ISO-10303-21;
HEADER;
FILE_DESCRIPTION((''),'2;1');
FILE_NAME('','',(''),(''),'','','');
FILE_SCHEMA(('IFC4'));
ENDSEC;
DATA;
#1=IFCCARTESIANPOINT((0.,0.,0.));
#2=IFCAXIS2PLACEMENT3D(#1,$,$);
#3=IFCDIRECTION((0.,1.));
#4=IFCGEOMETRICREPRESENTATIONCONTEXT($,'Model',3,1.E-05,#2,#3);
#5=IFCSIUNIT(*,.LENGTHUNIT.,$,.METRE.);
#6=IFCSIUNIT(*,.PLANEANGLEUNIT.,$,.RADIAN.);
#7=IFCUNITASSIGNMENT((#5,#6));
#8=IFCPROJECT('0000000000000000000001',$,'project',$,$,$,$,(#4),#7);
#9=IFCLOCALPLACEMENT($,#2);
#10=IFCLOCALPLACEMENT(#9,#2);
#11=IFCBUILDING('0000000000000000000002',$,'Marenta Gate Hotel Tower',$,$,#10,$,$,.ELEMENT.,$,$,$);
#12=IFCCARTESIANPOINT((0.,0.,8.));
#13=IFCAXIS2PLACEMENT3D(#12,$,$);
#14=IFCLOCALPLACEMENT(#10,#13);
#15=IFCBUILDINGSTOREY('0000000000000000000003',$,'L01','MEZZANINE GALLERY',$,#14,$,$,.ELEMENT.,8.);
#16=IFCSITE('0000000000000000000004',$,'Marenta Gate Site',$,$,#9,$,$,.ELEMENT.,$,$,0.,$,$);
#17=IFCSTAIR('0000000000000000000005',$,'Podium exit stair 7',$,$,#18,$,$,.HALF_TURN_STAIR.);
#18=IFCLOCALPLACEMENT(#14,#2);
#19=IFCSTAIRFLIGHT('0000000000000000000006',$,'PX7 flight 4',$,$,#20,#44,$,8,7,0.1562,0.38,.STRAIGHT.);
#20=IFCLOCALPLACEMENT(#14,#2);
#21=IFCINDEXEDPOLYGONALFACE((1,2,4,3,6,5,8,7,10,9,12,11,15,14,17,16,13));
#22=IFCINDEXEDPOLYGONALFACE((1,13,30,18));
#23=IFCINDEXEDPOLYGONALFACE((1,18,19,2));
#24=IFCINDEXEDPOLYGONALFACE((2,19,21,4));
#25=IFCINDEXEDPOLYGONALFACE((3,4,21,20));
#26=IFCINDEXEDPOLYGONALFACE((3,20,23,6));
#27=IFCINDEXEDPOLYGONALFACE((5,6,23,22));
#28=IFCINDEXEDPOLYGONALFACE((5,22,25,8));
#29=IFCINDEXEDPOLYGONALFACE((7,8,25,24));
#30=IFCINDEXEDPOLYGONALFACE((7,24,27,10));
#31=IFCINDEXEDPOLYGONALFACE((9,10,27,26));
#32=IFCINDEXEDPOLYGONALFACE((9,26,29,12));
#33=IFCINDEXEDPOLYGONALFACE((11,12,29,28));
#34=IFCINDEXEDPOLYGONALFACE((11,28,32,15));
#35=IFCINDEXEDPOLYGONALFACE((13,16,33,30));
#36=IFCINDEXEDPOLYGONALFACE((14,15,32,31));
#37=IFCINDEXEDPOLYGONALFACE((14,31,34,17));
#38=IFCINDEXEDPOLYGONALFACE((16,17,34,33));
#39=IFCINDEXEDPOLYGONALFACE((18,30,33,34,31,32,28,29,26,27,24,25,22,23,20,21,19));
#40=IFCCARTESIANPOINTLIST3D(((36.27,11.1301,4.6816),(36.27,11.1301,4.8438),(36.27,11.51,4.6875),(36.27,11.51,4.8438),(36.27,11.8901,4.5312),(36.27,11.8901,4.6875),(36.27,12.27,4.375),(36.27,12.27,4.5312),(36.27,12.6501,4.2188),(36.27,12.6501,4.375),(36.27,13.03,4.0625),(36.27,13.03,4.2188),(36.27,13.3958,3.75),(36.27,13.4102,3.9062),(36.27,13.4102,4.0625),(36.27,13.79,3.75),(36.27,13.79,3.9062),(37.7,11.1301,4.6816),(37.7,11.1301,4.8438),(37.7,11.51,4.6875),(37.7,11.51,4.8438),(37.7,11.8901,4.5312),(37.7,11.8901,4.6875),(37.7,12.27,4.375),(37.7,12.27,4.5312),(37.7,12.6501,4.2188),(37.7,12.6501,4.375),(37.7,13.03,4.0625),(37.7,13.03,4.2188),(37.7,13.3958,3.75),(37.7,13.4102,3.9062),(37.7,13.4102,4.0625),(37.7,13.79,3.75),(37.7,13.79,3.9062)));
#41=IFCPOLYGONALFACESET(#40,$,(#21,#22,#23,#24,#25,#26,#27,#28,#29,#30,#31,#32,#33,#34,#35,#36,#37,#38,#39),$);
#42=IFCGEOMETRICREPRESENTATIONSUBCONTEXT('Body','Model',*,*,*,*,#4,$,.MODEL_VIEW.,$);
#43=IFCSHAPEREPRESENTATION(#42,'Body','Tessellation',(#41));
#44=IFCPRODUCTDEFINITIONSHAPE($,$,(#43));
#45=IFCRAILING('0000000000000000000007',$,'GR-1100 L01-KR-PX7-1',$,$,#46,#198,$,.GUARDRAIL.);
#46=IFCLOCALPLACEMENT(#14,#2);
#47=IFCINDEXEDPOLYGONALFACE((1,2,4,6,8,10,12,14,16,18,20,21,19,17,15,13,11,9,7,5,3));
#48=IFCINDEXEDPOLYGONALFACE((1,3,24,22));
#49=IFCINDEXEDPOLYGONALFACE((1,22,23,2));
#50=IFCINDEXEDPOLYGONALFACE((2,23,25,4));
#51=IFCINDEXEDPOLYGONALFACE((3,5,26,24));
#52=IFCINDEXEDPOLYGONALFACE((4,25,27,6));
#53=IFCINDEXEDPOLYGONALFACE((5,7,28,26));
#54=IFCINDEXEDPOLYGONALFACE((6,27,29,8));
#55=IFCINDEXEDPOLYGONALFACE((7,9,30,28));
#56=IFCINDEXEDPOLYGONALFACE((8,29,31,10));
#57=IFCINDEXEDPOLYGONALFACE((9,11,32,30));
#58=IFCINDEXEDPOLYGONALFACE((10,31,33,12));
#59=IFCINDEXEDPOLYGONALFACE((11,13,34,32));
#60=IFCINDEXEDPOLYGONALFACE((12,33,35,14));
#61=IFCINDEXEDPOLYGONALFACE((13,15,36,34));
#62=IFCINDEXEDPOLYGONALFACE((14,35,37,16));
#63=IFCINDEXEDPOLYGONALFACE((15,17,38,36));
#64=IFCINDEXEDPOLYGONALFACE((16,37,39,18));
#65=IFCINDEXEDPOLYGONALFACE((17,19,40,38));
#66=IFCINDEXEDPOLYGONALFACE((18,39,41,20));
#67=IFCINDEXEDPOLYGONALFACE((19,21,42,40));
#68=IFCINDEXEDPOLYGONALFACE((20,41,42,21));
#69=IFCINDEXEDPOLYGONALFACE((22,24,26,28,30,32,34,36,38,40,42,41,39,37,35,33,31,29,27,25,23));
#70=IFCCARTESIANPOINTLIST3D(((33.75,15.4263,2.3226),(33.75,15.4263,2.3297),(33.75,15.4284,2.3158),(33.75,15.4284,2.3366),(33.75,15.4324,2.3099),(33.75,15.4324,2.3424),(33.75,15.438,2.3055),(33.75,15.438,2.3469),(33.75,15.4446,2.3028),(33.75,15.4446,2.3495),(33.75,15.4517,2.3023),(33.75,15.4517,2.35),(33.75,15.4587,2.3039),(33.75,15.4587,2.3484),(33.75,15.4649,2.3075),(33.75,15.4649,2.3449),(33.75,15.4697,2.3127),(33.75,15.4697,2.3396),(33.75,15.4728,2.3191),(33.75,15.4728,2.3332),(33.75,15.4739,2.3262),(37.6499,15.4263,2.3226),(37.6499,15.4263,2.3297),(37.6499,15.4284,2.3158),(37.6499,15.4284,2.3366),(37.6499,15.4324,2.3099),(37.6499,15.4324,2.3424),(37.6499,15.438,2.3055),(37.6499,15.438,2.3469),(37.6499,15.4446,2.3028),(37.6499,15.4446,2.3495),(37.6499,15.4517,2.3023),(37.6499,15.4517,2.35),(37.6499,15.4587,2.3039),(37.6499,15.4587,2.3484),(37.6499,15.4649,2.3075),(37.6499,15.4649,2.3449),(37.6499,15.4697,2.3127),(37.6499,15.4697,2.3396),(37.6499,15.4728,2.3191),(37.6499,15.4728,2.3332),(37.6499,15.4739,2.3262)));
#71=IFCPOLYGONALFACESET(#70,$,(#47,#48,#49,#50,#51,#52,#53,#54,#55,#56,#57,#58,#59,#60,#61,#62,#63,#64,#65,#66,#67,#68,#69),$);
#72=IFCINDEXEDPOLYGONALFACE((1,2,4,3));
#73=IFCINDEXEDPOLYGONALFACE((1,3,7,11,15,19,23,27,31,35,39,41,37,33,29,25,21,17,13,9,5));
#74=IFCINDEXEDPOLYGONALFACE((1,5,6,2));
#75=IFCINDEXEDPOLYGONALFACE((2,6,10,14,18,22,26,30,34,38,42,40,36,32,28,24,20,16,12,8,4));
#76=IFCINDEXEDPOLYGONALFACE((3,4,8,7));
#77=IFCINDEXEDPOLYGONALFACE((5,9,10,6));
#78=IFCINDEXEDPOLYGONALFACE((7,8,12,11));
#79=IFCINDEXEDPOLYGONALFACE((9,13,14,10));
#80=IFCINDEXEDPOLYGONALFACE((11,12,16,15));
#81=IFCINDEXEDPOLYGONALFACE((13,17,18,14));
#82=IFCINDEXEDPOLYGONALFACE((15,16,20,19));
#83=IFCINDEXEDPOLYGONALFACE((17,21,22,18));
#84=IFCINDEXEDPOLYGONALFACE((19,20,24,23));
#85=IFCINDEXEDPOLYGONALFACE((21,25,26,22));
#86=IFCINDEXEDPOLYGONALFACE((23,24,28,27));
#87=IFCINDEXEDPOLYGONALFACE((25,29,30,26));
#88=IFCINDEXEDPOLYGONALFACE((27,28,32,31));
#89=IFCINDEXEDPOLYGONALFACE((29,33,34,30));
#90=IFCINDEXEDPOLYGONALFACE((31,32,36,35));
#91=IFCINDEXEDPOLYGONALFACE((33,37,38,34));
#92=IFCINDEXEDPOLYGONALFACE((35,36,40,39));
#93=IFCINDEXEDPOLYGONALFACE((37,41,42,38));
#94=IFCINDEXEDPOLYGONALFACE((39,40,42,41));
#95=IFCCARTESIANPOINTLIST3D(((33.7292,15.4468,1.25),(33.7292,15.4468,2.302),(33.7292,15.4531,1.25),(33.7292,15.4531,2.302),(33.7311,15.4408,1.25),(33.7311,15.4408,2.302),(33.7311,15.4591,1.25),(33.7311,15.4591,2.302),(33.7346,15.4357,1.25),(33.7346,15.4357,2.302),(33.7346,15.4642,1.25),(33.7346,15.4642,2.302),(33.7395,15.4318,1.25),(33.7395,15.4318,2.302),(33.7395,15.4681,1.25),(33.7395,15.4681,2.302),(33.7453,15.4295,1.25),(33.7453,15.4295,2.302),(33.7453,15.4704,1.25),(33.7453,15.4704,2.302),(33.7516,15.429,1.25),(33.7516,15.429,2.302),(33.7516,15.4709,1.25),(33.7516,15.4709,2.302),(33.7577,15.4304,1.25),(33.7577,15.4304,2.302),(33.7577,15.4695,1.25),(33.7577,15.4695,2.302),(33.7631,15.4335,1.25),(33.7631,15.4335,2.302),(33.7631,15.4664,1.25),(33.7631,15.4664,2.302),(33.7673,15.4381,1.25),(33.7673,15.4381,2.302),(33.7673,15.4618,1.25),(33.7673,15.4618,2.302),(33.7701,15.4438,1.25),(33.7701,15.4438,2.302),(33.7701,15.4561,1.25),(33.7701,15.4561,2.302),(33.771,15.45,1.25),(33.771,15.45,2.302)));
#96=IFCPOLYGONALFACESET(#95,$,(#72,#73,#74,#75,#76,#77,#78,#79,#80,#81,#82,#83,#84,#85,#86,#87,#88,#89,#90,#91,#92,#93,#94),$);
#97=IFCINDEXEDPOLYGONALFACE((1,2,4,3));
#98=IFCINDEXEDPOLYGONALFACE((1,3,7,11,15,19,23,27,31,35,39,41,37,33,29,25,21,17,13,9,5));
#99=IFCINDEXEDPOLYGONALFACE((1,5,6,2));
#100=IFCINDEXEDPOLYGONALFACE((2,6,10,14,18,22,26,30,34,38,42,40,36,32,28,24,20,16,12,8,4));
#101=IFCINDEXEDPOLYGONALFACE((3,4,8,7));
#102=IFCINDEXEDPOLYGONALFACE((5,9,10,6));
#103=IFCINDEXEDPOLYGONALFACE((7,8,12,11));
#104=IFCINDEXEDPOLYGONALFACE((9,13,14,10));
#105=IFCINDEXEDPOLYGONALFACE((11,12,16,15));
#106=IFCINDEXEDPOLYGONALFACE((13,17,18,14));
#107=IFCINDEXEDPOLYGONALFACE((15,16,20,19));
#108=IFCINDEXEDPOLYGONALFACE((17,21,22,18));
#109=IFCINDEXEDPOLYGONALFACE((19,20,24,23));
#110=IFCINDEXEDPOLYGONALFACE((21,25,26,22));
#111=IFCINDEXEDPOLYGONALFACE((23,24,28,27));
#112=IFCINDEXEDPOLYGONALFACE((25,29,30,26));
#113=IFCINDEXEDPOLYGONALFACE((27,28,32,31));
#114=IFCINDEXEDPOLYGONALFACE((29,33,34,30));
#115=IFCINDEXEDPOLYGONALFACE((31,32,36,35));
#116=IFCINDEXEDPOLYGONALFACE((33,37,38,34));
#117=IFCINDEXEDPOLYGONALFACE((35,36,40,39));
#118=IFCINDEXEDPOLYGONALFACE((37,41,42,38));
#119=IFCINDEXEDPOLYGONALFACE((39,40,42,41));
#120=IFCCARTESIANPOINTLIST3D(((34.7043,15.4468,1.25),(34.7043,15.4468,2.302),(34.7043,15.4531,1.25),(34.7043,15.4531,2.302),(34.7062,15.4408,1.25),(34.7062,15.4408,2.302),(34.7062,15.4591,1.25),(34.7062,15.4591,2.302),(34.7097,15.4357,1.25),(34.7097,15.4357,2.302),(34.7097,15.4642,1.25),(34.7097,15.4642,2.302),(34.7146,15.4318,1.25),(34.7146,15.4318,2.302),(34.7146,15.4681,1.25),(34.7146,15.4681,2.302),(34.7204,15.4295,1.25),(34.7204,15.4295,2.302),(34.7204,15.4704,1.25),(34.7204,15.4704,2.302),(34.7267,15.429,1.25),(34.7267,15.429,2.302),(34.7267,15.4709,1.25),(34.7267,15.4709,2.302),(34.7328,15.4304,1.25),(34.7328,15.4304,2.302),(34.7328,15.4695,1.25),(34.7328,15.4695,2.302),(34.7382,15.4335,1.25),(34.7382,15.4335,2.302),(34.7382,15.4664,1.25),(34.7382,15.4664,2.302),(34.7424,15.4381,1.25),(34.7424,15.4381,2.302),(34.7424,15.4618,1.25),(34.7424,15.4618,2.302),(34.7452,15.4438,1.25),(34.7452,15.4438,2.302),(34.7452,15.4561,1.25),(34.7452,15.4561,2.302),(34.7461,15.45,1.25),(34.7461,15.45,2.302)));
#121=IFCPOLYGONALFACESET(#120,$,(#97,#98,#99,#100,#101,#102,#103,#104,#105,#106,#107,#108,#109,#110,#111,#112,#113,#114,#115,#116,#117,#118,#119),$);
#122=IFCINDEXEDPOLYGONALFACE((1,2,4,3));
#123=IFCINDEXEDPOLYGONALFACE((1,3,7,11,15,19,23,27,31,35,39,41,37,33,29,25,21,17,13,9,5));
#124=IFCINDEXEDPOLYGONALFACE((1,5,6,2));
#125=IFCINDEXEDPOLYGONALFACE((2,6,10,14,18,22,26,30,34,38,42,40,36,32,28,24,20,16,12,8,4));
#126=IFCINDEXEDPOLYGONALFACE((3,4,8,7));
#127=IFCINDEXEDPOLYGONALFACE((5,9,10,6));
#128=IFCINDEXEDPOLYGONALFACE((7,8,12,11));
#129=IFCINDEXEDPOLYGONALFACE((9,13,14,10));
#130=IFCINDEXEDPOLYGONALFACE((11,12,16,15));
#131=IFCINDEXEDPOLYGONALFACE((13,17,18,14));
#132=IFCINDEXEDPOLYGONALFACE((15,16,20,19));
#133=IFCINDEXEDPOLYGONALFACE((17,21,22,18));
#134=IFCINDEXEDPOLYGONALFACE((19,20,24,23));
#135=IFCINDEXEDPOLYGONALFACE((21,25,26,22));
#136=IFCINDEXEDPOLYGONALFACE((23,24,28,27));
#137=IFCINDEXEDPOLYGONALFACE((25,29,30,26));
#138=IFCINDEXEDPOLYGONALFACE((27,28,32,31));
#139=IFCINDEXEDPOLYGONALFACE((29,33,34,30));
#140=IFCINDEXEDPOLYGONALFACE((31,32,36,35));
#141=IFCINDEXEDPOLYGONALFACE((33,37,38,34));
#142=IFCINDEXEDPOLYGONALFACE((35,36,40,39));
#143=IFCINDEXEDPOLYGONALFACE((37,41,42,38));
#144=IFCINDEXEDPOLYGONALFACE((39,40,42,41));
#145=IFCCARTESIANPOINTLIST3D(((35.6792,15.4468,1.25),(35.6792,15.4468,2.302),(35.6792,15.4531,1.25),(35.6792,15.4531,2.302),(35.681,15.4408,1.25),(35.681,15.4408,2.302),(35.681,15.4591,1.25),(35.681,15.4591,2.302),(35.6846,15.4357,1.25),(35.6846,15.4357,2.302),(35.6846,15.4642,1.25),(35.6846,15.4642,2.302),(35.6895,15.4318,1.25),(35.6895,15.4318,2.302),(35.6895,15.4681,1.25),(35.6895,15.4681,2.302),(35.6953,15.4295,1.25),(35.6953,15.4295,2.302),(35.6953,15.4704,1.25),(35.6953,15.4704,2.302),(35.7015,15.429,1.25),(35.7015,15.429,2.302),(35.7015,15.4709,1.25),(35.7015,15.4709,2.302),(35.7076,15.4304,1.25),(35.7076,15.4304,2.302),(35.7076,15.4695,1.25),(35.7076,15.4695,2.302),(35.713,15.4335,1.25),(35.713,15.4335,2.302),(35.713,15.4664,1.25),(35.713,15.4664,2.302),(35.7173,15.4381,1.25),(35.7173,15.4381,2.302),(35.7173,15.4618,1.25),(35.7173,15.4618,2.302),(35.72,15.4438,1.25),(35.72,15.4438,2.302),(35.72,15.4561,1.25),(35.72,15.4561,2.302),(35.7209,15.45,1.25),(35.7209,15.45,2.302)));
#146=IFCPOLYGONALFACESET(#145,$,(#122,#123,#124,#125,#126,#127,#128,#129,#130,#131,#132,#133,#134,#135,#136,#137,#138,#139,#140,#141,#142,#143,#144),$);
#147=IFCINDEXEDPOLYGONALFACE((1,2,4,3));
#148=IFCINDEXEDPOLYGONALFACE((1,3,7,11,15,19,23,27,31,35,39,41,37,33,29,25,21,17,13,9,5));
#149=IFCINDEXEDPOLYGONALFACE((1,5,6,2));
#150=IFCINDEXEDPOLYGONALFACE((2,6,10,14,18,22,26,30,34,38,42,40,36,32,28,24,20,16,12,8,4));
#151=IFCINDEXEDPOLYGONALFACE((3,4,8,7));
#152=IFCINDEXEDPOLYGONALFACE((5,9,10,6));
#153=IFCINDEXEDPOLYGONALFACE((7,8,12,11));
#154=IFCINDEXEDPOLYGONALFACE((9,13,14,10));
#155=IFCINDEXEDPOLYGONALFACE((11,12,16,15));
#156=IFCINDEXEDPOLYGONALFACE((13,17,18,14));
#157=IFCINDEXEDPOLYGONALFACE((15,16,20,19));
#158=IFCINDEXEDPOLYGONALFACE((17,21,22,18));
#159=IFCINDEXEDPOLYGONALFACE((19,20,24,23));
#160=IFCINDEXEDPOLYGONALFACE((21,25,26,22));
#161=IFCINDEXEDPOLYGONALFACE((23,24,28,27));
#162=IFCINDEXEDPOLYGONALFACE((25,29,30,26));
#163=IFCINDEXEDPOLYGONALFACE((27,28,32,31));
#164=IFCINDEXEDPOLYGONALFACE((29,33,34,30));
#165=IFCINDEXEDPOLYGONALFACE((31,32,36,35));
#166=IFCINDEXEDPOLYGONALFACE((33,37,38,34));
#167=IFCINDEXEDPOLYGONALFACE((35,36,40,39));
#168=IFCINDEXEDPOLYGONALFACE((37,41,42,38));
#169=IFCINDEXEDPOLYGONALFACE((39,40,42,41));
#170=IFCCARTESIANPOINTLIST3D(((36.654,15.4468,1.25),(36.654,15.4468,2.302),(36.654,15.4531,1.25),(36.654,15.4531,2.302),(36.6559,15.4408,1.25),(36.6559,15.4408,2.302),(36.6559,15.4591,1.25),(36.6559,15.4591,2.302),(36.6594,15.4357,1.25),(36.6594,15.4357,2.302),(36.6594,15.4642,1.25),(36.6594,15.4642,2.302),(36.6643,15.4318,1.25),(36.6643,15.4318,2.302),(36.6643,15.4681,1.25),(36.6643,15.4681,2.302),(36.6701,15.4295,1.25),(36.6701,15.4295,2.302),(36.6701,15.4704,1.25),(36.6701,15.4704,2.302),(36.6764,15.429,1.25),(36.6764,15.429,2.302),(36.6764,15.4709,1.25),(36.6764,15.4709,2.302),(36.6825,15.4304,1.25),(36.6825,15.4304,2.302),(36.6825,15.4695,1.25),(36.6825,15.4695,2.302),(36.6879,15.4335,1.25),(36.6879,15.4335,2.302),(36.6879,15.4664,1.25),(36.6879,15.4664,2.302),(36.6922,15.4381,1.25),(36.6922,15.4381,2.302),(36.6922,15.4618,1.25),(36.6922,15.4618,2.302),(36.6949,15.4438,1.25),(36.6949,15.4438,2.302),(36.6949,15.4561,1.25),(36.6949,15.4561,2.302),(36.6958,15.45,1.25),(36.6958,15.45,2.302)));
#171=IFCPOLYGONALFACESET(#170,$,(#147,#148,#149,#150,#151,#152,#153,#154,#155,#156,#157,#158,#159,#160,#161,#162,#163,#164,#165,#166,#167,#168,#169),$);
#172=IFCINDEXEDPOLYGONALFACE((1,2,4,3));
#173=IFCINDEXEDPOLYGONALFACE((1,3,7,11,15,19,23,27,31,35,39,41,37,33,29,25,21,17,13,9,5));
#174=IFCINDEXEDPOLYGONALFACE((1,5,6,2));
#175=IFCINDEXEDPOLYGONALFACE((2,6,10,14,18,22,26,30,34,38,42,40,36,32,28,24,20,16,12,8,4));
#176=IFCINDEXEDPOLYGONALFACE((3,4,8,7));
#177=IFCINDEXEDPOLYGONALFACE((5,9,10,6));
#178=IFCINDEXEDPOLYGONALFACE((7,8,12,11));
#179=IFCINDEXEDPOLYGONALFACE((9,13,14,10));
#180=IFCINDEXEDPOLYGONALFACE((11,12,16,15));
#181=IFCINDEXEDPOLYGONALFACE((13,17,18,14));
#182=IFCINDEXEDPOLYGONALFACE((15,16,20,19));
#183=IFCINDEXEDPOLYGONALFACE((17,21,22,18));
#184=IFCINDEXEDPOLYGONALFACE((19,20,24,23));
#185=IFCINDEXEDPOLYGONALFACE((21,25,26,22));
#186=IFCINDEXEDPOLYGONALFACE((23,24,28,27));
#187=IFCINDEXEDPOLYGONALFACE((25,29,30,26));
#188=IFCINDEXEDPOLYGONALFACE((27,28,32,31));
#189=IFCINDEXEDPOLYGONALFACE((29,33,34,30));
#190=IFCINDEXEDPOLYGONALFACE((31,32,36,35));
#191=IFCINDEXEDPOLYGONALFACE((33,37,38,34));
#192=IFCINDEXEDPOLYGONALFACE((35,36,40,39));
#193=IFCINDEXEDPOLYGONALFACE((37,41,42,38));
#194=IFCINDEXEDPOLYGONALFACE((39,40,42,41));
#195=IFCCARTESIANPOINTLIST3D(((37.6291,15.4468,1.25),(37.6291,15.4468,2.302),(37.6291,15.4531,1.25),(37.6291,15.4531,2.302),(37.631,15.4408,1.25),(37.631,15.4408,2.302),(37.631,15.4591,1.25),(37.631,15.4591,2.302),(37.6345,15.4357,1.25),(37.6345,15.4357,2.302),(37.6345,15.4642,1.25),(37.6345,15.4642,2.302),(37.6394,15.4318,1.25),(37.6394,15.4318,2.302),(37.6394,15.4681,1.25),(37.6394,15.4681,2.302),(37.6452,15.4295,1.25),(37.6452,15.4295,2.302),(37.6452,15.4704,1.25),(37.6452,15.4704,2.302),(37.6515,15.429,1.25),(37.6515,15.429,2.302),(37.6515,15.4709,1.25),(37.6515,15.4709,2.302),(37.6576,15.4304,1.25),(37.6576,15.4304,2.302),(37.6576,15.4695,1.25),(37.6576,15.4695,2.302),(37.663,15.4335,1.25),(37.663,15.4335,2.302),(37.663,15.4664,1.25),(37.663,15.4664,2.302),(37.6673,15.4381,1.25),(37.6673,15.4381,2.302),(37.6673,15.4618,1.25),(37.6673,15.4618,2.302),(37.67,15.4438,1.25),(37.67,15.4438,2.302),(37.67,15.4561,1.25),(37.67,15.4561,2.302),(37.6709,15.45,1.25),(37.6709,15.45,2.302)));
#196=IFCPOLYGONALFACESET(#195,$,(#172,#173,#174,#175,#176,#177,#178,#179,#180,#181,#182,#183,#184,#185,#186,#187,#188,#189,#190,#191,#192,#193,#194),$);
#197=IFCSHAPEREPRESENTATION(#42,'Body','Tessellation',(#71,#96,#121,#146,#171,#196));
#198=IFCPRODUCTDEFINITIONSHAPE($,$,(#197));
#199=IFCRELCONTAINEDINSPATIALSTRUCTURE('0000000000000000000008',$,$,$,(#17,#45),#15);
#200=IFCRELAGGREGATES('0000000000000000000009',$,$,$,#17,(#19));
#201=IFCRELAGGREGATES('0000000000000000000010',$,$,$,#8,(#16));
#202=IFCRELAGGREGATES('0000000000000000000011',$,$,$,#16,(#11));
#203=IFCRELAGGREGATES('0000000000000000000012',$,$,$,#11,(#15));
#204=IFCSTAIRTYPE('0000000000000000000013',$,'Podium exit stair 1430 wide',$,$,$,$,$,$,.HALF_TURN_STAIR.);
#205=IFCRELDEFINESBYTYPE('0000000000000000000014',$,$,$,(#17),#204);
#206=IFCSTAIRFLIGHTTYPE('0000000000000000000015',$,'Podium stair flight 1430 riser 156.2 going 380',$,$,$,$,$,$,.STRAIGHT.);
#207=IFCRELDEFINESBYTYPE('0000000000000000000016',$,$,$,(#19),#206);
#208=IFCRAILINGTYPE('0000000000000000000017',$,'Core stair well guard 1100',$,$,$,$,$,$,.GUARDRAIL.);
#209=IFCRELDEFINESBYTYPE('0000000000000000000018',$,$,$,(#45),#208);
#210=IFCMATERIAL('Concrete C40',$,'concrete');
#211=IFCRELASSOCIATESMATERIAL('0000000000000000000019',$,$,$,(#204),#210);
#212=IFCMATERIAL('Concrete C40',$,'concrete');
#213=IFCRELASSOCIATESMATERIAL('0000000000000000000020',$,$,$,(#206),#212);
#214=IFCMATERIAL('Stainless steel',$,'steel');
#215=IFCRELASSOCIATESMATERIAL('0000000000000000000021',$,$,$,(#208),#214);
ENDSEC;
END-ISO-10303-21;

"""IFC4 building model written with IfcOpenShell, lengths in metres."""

from ifc_helpers import new_model, si_unit, direction, frame, origin, origin_2d, place, context, subcontext, project, spatial, polyline, circle, outline, extrude, material, type_object, element, aggregate, save


model = new_model("IFC4")

# Units and contexts
model_context = context("Model", 3, precision=1e-05, world=origin(), true_north=direction((0.0, 1.0)))
body_context = subcontext(model_context, "Body", "Model", "MODEL_VIEW")
ifc_project = project(units=[si_unit("LENGTHUNIT", "METRE"), si_unit("PLANEANGLEUNIT", "RADIAN")], contexts=[model_context])

# Site, building, storey
site_placement = place(None, origin())
site = spatial("IfcSite", under=ifc_project, at=site_placement, Name="Marenta Gate Site", CompositionType="ELEMENT", RefElevation=0.0)
building_placement = place(site_placement, origin())
building = spatial("IfcBuilding", under=site, at=building_placement, Name="Marenta Gate Hotel Tower", CompositionType="ELEMENT")
storey_placement = place(building_placement, frame((0.0, 0.0, 8.0)))
storey = spatial("IfcBuildingStorey", under=building, at=storey_placement, Name="L01", Description="MEZZANINE GALLERY", CompositionType="ELEMENT", Elevation=8.0)

# Stair, stair flight
ifc_material_1 = material(Name="Concrete C40", Category="concrete")
stair_type = type_object("IfcStairType", Name="Podium exit stair 1430 wide", PredefinedType="HALF_TURN_STAIR", material=ifc_material_1)
stair_placement = place(storey_placement, origin())
stair = element("IfcStair", 1, at=stair_placement, inside=storey, type_object=stair_type, Name="Podium exit stair 7", PredefinedType="HALF_TURN_STAIR")
ifc_material_2 = material(Name="Concrete C40", Category="concrete")
stair_flight_type = type_object("IfcStairFlightType", Name="Podium stair flight 1430 riser 156.2 going 380", PredefinedType="STRAIGHT", material=ifc_material_2)
stair_flight_1_placement = place(storey_placement, frame((36.9851, 13.79, 3.75), z_axis=(0.0, 0.0, 1.0), x_axis=(0.0, -1.0, 0.0)))
stair_flight_1 = element("IfcStairFlight", 2, at=stair_flight_1_placement, type_object=stair_flight_type, Name="PX7 flight 4", NumberOfRisers=8, NumberOfTreads=7, PredefinedType="STRAIGHT", RiserHeight=0.1562, TreadLength=0.38, context=body_context, shape_type="SweptSolid", body=[
    extrude(outline(polyline([(0.0, 0.0), (0.0, 0.1562), (0.3799, 0.1562), (0.3799, 0.3125), (0.76, 0.3125), (0.76, 0.4688), (1.1399, 0.4688), (1.1399, 0.625), (1.52, 0.625), (1.52, 0.7812), (1.8999, 0.7812), (1.8999, 0.9375), (2.28, 0.9375), (2.28, 1.0938), (2.6599, 1.0938), (2.6599, 1.25), (2.6599, 0.9316), (0.3943, 0.0), (0.0, 0.0)])), frame((0.0, 0.7148, 0.0), z_axis=(0.0, -1.0, 0.0), x_axis=(1.0, 0.0, 0.0)), (0.0, 0.0, 1.0), 1.4299),
])
aggregate(stair, [stair_flight_1])

# Railing
ifc_material_3 = material(Name="Stainless steel", Category="steel")
railing_type_1 = type_object("IfcRailingType", Name="Core stair well guard 1100", PredefinedType="GUARDRAIL", material=ifc_material_3)
railing_1_placement = place(storey_placement, frame((33.75, 15.45, 1.25)))
element("IfcRailing", 3, at=railing_1_placement, inside=storey, type_object=railing_type_1, Name="GR-1100 L01-KR-PX7-1", PredefinedType="GUARDRAIL", context=body_context, shape_type="SweptSolid", body=[
    extrude(circle(Radius=0.0239, at=origin_2d()), frame((0.0, 0.0, 1.0762), z_axis=(1.0, 0.0, 0.0), x_axis=(0.0, 1.0, 0.0)), (0.0, 0.0, 1.0), 3.8999),
    extrude(circle(Radius=0.021, at=origin_2d()), origin(), (0.0, 0.0, 1.0), 1.052),
    extrude(circle(Radius=0.021, at=origin_2d()), frame((0.9751, 0.0, 0.0)), (0.0, 0.0, 1.0), 1.052),
    extrude(circle(Radius=0.021, at=origin_2d()), frame((1.95, 0.0, 0.0)), (0.0, 0.0, 1.0), 1.052),
    extrude(circle(Radius=0.021, at=origin_2d()), frame((2.9248, 0.0, 0.0)), (0.0, 0.0, 1.0), 1.052),
    extrude(circle(Radius=0.021, at=origin_2d()), frame((3.8999, 0.0, 0.0)), (0.0, 0.0, 1.0), 1.052),
])

save(model, "model.ifc")
